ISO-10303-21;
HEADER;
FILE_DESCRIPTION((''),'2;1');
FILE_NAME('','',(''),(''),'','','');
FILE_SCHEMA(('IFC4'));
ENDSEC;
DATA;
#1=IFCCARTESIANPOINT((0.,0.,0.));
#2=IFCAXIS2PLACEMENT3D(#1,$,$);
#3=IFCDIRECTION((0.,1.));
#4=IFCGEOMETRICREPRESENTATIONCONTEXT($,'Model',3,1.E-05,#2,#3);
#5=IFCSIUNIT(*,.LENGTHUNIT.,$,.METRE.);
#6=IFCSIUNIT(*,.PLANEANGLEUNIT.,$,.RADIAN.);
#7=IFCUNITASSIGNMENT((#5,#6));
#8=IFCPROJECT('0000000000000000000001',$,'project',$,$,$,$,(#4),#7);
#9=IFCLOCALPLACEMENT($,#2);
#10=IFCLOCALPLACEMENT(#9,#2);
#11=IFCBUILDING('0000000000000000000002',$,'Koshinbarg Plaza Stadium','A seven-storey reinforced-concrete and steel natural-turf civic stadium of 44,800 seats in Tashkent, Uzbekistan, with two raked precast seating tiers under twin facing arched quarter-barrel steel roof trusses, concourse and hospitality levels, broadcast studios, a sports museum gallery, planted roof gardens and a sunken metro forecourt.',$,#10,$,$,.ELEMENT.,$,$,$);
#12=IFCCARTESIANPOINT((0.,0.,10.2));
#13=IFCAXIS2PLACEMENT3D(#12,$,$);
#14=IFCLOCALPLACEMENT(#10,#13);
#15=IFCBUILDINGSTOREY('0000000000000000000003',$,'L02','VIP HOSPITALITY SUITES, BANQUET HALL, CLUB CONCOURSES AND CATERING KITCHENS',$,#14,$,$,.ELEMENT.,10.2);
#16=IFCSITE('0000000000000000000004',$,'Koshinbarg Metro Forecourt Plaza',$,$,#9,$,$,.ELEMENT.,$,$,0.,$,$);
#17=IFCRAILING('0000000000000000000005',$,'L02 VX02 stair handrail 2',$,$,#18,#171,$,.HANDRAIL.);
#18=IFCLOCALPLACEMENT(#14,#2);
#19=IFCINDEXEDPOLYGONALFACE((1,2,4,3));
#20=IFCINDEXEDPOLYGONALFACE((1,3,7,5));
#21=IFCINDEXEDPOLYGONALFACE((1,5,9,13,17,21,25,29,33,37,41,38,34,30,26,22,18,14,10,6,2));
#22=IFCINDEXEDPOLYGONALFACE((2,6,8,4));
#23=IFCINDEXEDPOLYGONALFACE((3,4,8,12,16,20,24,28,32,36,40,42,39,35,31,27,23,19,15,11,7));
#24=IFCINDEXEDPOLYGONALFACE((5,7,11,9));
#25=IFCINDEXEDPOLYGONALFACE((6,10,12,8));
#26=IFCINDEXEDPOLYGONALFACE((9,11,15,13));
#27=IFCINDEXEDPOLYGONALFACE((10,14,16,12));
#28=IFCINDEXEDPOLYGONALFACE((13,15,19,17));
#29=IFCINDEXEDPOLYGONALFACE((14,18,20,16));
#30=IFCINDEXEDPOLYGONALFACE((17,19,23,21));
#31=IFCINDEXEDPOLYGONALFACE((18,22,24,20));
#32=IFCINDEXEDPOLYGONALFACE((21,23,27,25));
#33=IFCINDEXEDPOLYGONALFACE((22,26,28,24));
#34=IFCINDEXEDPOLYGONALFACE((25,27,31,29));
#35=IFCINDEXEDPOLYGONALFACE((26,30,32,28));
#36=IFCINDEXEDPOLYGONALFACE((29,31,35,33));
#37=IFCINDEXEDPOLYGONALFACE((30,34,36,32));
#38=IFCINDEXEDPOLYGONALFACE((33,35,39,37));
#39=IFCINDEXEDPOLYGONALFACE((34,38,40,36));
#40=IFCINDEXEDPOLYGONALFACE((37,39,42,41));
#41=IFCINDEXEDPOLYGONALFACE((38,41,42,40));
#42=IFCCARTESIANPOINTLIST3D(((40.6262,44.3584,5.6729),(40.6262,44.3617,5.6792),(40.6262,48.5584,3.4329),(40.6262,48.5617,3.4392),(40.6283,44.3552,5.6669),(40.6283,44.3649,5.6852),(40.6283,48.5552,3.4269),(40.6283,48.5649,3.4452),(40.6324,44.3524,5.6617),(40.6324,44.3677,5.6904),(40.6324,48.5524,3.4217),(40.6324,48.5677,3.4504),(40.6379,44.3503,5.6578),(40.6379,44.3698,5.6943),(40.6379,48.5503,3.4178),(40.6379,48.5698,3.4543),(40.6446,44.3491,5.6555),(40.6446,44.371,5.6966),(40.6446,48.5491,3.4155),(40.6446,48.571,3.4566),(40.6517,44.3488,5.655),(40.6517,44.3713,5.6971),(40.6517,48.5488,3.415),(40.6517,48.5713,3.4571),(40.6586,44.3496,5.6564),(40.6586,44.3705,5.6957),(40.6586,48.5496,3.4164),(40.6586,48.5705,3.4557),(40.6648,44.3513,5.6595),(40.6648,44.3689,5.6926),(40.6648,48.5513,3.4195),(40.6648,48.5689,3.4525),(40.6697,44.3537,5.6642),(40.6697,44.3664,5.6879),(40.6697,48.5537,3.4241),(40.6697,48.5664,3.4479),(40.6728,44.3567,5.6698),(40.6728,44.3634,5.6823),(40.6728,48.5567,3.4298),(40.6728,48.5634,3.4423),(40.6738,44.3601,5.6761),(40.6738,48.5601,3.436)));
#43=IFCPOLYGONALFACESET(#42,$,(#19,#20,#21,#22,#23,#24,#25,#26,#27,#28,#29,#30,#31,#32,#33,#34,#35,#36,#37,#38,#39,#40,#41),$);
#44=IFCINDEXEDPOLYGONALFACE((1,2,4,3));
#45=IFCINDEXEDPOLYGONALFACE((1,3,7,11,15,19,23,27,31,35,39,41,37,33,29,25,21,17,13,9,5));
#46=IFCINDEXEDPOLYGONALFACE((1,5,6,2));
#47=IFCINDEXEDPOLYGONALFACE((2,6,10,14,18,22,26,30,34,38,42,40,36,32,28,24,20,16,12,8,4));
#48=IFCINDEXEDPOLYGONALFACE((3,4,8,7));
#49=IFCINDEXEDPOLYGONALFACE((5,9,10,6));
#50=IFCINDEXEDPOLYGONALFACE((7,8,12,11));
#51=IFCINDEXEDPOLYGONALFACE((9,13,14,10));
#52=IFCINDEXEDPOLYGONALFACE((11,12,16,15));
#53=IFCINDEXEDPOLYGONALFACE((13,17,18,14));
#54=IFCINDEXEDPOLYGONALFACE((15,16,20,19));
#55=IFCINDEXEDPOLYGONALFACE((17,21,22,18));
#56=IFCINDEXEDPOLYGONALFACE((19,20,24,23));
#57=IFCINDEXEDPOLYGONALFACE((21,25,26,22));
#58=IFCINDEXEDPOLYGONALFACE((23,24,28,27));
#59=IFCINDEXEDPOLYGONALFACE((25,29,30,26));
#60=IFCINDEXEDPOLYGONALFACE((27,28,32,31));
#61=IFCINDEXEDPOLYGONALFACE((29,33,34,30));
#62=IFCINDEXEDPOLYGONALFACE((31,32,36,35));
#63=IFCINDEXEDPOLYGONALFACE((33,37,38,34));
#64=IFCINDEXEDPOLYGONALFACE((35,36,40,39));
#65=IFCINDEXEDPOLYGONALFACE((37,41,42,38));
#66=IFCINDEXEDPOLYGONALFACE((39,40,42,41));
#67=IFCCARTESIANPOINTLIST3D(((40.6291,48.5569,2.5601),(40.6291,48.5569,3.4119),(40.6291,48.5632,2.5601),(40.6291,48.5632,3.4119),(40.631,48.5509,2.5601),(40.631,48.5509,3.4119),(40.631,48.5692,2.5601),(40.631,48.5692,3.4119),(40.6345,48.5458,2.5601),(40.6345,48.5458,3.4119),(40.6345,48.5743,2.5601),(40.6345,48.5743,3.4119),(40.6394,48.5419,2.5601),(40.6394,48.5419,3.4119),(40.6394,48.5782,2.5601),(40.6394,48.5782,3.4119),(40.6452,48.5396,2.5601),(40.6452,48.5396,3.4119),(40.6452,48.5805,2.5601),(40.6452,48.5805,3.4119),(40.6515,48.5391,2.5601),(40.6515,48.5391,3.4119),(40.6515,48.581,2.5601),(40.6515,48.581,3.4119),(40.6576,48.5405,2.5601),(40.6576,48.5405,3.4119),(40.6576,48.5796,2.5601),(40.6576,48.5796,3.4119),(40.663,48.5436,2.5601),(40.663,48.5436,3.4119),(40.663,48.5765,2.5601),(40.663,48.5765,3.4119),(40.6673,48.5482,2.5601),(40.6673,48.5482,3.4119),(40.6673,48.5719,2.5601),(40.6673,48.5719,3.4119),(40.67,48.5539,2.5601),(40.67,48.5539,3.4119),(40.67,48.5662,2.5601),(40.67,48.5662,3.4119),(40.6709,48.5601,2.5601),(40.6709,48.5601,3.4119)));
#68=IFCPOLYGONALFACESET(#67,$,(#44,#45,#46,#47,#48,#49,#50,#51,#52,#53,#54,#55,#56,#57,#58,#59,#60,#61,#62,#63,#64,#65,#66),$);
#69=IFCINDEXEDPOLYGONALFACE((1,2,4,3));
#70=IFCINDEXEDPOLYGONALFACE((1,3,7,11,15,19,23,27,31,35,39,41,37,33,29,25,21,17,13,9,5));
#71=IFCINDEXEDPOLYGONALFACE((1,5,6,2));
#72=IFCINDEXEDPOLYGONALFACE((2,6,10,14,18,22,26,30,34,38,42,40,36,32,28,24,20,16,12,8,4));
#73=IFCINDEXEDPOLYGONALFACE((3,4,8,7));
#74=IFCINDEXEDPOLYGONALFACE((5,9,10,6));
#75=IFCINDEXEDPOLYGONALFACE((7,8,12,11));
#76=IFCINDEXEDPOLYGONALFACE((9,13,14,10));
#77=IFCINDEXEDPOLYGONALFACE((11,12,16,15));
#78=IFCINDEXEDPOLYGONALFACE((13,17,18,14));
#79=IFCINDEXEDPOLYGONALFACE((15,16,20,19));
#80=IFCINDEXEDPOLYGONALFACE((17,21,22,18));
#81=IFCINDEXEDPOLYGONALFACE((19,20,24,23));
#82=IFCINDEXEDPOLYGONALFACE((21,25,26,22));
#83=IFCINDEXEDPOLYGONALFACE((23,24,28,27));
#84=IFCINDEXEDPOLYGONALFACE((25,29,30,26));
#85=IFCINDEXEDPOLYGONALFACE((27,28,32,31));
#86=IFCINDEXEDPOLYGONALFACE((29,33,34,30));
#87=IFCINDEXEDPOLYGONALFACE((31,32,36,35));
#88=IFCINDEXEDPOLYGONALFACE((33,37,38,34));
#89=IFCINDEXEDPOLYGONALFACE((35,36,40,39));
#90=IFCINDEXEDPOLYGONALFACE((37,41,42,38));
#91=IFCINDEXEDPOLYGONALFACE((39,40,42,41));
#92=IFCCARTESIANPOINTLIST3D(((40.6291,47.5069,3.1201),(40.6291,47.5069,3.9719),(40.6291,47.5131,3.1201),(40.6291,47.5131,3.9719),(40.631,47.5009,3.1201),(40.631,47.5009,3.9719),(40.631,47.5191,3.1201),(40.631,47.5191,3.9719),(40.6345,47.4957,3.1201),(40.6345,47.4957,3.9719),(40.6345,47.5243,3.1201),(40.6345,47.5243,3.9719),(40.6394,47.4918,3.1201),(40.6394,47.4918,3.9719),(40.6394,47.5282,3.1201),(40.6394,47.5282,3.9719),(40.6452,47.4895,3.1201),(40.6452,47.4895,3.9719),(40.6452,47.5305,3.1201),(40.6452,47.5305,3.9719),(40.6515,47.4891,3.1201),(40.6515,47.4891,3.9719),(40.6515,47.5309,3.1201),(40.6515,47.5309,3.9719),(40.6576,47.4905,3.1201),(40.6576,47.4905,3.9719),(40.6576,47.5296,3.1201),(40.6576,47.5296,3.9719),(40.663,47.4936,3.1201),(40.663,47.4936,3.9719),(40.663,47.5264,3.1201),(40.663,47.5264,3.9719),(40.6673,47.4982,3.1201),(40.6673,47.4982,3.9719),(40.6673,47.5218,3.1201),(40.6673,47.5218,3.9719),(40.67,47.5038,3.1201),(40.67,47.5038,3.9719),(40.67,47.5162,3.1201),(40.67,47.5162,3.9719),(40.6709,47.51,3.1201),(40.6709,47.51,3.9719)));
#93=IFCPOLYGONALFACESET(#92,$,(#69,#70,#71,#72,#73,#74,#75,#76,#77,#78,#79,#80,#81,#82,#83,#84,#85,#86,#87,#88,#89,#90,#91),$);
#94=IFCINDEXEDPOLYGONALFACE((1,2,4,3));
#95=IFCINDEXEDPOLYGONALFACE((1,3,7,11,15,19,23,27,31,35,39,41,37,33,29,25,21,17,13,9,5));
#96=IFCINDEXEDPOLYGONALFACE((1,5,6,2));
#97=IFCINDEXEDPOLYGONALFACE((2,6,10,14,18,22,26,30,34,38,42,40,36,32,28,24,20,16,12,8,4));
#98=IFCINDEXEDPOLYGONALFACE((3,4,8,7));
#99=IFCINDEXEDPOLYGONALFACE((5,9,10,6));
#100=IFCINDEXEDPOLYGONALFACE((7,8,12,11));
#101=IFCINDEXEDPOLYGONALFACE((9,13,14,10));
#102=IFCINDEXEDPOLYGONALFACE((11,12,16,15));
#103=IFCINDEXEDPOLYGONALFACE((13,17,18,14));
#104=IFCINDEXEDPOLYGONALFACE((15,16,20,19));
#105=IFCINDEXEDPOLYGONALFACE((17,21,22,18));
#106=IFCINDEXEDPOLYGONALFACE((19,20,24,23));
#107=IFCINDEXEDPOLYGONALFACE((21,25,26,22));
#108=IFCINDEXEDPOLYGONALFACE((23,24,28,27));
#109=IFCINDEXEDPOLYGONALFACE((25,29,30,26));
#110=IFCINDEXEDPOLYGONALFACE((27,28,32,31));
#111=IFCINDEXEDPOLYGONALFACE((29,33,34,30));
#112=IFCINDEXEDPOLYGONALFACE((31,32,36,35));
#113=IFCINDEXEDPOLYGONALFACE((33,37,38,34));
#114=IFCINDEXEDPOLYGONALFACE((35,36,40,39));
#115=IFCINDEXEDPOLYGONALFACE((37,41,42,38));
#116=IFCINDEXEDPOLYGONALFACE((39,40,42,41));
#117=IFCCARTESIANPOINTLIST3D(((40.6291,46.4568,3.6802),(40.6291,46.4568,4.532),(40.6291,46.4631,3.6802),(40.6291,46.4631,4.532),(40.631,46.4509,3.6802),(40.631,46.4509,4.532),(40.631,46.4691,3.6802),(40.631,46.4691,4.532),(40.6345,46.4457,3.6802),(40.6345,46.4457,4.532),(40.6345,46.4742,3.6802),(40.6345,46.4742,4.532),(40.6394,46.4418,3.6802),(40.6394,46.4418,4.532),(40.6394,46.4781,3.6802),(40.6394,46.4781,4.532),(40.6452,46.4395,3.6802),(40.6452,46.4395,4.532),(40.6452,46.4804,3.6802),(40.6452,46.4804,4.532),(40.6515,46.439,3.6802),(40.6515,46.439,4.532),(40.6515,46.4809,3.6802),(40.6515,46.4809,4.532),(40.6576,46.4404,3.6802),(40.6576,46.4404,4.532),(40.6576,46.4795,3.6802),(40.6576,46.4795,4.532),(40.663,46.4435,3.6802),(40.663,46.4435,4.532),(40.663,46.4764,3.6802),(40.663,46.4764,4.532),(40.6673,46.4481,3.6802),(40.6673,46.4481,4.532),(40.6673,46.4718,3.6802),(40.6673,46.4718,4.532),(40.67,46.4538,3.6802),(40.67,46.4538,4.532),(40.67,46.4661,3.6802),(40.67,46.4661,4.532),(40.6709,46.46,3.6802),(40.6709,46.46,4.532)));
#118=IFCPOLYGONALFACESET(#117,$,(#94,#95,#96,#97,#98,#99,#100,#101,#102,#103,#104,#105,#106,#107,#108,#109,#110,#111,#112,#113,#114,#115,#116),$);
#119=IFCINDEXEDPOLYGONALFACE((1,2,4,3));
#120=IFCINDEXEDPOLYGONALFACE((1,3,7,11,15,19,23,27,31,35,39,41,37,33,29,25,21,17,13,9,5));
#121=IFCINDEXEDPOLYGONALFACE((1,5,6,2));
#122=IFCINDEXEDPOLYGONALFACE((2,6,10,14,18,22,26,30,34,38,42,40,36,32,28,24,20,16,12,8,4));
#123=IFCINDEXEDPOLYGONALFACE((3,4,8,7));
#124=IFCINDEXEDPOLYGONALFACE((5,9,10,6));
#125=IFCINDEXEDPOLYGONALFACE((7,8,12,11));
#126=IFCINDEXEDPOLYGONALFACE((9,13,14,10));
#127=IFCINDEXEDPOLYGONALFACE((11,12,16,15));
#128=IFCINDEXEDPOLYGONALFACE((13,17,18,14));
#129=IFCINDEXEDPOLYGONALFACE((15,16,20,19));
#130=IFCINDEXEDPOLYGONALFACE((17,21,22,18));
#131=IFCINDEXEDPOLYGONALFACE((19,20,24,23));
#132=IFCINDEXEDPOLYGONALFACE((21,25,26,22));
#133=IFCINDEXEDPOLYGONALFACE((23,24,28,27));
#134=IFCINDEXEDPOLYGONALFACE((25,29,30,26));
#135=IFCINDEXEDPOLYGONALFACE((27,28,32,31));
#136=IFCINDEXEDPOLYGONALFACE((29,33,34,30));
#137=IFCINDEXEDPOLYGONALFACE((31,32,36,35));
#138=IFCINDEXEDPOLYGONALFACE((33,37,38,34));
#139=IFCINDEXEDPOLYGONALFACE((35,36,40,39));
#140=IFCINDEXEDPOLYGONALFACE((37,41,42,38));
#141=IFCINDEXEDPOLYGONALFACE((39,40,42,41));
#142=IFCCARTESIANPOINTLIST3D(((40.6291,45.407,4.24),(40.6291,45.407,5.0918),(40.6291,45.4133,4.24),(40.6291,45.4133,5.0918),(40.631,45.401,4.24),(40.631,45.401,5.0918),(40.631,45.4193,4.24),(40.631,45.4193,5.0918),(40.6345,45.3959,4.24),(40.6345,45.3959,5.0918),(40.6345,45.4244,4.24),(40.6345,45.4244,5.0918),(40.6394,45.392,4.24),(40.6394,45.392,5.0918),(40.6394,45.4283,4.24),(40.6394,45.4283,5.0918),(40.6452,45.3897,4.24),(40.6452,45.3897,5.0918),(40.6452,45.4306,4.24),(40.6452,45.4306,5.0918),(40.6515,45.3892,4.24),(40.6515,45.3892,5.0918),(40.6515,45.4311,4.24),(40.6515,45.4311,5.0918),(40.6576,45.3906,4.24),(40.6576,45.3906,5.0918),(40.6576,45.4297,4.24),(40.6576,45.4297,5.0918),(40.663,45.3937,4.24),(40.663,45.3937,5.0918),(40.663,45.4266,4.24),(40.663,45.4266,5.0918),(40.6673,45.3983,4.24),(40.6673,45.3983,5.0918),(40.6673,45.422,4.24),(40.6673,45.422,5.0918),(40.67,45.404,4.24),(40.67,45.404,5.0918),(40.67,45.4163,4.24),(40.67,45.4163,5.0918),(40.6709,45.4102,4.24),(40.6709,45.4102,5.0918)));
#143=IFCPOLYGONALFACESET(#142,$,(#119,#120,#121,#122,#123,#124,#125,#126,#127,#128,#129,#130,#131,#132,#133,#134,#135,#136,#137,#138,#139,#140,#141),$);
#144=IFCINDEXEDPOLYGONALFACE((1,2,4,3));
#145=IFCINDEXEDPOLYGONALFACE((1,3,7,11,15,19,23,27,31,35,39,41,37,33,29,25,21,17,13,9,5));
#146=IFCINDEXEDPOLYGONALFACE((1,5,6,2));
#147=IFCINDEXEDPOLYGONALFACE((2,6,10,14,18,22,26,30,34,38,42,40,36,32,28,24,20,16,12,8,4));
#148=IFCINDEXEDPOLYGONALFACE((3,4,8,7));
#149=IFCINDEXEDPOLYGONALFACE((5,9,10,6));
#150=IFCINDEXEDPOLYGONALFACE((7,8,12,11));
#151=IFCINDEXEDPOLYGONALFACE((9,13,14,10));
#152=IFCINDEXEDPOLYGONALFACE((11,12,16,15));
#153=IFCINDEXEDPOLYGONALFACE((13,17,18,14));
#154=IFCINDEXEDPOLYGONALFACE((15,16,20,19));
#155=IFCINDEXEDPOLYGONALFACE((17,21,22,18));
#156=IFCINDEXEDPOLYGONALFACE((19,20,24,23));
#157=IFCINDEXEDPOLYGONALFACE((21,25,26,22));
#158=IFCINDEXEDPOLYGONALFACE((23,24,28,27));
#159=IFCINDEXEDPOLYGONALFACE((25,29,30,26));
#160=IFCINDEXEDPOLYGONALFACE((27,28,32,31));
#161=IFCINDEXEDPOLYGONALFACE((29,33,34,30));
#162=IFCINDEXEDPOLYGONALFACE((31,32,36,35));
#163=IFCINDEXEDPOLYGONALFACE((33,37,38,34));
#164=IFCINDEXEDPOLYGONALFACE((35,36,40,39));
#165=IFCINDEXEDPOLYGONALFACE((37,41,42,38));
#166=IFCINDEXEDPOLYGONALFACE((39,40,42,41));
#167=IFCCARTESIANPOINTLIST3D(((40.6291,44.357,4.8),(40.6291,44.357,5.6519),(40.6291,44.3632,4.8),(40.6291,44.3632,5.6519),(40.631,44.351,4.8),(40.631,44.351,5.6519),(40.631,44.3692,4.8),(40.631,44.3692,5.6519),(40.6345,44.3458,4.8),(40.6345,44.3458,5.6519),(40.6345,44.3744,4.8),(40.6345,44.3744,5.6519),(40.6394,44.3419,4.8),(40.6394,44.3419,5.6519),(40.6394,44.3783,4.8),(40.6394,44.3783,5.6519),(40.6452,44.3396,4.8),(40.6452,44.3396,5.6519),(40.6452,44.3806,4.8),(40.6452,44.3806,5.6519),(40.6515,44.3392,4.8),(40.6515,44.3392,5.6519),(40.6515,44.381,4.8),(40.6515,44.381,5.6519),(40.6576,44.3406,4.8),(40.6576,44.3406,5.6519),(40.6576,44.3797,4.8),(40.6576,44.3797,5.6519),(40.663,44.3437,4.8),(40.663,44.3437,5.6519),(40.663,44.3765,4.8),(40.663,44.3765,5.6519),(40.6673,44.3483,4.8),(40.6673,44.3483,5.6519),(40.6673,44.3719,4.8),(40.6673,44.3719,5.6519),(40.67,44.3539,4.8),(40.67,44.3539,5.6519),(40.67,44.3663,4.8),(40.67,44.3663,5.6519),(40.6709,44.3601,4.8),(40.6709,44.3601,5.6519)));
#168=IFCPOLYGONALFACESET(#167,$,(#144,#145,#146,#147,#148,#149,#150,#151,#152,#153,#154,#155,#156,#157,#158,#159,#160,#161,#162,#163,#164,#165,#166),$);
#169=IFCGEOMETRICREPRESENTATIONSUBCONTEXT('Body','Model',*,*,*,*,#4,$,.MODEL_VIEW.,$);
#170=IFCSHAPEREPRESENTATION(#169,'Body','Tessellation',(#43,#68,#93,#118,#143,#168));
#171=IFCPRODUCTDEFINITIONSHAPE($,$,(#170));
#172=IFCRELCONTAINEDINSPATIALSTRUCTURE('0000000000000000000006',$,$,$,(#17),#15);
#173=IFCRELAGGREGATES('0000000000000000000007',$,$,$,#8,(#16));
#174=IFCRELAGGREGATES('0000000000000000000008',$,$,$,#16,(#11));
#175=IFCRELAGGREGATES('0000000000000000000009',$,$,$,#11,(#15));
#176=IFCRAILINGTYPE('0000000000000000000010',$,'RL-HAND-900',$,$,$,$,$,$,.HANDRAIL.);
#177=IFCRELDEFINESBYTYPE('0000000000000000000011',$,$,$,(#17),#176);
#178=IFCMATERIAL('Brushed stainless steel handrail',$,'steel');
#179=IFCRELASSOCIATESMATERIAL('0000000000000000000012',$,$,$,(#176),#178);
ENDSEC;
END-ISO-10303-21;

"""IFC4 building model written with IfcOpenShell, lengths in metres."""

from ifc_helpers import new_model, si_unit, direction, frame, origin, origin_2d, place, context, subcontext, project, spatial, circle, extrude, material, type_object, element, save


model = new_model("IFC4")

# Units and contexts
model_context = context("Model", 3, precision=1e-05, world=origin(), true_north=direction((0.0, 1.0)))
body_context = subcontext(model_context, "Body", "Model", "MODEL_VIEW")
ifc_project = project(units=[si_unit("LENGTHUNIT", "METRE"), si_unit("PLANEANGLEUNIT", "RADIAN")], contexts=[model_context])

# Site, building, storey
site_placement = place(None, origin())
site = spatial("IfcSite", under=ifc_project, at=site_placement, Name="Koshinbarg Metro Forecourt Plaza", CompositionType="ELEMENT", RefElevation=0.0)
building_placement = place(site_placement, origin())
building = spatial("IfcBuilding", under=site, at=building_placement, Name="Koshinbarg Plaza Stadium", Description="A seven-storey reinforced-concrete and steel natural-turf civic stadium of 44,800 seats in Tashkent, Uzbekistan, with two raked precast seating tiers under twin facing arched quarter-barrel steel roof trusses, concourse and hospitality levels, broadcast studios, a sports museum gallery, planted roof gardens and a sunken metro forecourt.", CompositionType="ELEMENT")
storey_placement = place(building_placement, frame((0.0, 0.0, 10.2)))
storey = spatial("IfcBuildingStorey", under=building, at=storey_placement, Name="L02", Description="VIP HOSPITALITY SUITES, BANQUET HALL, CLUB CONCOURSES AND CATERING KITCHENS", CompositionType="ELEMENT", Elevation=10.2)

# Railing
ifc_material_1 = material(Name="Brushed stainless steel handrail", Category="steel")
railing_type_1 = type_object("IfcRailingType", Name="RL-HAND-900", PredefinedType="HANDRAIL", material=ifc_material_1)
for number, where, name in (
    (1, (40.6499, 48.5601, 2.5601), "L02 VX02 stair handrail 2"),
):
    element("IfcRailing", number, at=place(storey_placement, frame(where)), inside=storey, type_object=railing_type_1, Name=name, PredefinedType="HANDRAIL", context=body_context, shape_type="SweptSolid", body=[
        extrude(circle(Radius=0.0239, at=origin_2d()), frame((0.0, 0.0, 0.876), z_axis=(0.0, -0.882352, 0.470591), x_axis=(1.0, 0.0, 0.0)), (0.0, 0.0, 1.0), 4.76),
        extrude(circle(Radius=0.021, at=origin_2d()), origin(), (0.0, 0.0, 1.0), 0.8518),
        extrude(circle(Radius=0.021, at=origin_2d()), frame((0.0, -1.05, 0.5601)), (0.0, 0.0, 1.0), 0.8518),
        extrude(circle(Radius=0.021, at=origin_2d()), frame((0.0, -2.1001, 1.1201)), (0.0, 0.0, 1.0), 0.8518),
        extrude(circle(Radius=0.021, at=origin_2d()), frame((0.0, -3.1499, 1.6799)), (0.0, 0.0, 1.0), 0.8518),
        extrude(circle(Radius=0.021, at=origin_2d()), frame((0.0, -4.2, 2.24)), (0.0, 0.0, 1.0), 0.8518),
    ])

save(model, "model.ifc")
